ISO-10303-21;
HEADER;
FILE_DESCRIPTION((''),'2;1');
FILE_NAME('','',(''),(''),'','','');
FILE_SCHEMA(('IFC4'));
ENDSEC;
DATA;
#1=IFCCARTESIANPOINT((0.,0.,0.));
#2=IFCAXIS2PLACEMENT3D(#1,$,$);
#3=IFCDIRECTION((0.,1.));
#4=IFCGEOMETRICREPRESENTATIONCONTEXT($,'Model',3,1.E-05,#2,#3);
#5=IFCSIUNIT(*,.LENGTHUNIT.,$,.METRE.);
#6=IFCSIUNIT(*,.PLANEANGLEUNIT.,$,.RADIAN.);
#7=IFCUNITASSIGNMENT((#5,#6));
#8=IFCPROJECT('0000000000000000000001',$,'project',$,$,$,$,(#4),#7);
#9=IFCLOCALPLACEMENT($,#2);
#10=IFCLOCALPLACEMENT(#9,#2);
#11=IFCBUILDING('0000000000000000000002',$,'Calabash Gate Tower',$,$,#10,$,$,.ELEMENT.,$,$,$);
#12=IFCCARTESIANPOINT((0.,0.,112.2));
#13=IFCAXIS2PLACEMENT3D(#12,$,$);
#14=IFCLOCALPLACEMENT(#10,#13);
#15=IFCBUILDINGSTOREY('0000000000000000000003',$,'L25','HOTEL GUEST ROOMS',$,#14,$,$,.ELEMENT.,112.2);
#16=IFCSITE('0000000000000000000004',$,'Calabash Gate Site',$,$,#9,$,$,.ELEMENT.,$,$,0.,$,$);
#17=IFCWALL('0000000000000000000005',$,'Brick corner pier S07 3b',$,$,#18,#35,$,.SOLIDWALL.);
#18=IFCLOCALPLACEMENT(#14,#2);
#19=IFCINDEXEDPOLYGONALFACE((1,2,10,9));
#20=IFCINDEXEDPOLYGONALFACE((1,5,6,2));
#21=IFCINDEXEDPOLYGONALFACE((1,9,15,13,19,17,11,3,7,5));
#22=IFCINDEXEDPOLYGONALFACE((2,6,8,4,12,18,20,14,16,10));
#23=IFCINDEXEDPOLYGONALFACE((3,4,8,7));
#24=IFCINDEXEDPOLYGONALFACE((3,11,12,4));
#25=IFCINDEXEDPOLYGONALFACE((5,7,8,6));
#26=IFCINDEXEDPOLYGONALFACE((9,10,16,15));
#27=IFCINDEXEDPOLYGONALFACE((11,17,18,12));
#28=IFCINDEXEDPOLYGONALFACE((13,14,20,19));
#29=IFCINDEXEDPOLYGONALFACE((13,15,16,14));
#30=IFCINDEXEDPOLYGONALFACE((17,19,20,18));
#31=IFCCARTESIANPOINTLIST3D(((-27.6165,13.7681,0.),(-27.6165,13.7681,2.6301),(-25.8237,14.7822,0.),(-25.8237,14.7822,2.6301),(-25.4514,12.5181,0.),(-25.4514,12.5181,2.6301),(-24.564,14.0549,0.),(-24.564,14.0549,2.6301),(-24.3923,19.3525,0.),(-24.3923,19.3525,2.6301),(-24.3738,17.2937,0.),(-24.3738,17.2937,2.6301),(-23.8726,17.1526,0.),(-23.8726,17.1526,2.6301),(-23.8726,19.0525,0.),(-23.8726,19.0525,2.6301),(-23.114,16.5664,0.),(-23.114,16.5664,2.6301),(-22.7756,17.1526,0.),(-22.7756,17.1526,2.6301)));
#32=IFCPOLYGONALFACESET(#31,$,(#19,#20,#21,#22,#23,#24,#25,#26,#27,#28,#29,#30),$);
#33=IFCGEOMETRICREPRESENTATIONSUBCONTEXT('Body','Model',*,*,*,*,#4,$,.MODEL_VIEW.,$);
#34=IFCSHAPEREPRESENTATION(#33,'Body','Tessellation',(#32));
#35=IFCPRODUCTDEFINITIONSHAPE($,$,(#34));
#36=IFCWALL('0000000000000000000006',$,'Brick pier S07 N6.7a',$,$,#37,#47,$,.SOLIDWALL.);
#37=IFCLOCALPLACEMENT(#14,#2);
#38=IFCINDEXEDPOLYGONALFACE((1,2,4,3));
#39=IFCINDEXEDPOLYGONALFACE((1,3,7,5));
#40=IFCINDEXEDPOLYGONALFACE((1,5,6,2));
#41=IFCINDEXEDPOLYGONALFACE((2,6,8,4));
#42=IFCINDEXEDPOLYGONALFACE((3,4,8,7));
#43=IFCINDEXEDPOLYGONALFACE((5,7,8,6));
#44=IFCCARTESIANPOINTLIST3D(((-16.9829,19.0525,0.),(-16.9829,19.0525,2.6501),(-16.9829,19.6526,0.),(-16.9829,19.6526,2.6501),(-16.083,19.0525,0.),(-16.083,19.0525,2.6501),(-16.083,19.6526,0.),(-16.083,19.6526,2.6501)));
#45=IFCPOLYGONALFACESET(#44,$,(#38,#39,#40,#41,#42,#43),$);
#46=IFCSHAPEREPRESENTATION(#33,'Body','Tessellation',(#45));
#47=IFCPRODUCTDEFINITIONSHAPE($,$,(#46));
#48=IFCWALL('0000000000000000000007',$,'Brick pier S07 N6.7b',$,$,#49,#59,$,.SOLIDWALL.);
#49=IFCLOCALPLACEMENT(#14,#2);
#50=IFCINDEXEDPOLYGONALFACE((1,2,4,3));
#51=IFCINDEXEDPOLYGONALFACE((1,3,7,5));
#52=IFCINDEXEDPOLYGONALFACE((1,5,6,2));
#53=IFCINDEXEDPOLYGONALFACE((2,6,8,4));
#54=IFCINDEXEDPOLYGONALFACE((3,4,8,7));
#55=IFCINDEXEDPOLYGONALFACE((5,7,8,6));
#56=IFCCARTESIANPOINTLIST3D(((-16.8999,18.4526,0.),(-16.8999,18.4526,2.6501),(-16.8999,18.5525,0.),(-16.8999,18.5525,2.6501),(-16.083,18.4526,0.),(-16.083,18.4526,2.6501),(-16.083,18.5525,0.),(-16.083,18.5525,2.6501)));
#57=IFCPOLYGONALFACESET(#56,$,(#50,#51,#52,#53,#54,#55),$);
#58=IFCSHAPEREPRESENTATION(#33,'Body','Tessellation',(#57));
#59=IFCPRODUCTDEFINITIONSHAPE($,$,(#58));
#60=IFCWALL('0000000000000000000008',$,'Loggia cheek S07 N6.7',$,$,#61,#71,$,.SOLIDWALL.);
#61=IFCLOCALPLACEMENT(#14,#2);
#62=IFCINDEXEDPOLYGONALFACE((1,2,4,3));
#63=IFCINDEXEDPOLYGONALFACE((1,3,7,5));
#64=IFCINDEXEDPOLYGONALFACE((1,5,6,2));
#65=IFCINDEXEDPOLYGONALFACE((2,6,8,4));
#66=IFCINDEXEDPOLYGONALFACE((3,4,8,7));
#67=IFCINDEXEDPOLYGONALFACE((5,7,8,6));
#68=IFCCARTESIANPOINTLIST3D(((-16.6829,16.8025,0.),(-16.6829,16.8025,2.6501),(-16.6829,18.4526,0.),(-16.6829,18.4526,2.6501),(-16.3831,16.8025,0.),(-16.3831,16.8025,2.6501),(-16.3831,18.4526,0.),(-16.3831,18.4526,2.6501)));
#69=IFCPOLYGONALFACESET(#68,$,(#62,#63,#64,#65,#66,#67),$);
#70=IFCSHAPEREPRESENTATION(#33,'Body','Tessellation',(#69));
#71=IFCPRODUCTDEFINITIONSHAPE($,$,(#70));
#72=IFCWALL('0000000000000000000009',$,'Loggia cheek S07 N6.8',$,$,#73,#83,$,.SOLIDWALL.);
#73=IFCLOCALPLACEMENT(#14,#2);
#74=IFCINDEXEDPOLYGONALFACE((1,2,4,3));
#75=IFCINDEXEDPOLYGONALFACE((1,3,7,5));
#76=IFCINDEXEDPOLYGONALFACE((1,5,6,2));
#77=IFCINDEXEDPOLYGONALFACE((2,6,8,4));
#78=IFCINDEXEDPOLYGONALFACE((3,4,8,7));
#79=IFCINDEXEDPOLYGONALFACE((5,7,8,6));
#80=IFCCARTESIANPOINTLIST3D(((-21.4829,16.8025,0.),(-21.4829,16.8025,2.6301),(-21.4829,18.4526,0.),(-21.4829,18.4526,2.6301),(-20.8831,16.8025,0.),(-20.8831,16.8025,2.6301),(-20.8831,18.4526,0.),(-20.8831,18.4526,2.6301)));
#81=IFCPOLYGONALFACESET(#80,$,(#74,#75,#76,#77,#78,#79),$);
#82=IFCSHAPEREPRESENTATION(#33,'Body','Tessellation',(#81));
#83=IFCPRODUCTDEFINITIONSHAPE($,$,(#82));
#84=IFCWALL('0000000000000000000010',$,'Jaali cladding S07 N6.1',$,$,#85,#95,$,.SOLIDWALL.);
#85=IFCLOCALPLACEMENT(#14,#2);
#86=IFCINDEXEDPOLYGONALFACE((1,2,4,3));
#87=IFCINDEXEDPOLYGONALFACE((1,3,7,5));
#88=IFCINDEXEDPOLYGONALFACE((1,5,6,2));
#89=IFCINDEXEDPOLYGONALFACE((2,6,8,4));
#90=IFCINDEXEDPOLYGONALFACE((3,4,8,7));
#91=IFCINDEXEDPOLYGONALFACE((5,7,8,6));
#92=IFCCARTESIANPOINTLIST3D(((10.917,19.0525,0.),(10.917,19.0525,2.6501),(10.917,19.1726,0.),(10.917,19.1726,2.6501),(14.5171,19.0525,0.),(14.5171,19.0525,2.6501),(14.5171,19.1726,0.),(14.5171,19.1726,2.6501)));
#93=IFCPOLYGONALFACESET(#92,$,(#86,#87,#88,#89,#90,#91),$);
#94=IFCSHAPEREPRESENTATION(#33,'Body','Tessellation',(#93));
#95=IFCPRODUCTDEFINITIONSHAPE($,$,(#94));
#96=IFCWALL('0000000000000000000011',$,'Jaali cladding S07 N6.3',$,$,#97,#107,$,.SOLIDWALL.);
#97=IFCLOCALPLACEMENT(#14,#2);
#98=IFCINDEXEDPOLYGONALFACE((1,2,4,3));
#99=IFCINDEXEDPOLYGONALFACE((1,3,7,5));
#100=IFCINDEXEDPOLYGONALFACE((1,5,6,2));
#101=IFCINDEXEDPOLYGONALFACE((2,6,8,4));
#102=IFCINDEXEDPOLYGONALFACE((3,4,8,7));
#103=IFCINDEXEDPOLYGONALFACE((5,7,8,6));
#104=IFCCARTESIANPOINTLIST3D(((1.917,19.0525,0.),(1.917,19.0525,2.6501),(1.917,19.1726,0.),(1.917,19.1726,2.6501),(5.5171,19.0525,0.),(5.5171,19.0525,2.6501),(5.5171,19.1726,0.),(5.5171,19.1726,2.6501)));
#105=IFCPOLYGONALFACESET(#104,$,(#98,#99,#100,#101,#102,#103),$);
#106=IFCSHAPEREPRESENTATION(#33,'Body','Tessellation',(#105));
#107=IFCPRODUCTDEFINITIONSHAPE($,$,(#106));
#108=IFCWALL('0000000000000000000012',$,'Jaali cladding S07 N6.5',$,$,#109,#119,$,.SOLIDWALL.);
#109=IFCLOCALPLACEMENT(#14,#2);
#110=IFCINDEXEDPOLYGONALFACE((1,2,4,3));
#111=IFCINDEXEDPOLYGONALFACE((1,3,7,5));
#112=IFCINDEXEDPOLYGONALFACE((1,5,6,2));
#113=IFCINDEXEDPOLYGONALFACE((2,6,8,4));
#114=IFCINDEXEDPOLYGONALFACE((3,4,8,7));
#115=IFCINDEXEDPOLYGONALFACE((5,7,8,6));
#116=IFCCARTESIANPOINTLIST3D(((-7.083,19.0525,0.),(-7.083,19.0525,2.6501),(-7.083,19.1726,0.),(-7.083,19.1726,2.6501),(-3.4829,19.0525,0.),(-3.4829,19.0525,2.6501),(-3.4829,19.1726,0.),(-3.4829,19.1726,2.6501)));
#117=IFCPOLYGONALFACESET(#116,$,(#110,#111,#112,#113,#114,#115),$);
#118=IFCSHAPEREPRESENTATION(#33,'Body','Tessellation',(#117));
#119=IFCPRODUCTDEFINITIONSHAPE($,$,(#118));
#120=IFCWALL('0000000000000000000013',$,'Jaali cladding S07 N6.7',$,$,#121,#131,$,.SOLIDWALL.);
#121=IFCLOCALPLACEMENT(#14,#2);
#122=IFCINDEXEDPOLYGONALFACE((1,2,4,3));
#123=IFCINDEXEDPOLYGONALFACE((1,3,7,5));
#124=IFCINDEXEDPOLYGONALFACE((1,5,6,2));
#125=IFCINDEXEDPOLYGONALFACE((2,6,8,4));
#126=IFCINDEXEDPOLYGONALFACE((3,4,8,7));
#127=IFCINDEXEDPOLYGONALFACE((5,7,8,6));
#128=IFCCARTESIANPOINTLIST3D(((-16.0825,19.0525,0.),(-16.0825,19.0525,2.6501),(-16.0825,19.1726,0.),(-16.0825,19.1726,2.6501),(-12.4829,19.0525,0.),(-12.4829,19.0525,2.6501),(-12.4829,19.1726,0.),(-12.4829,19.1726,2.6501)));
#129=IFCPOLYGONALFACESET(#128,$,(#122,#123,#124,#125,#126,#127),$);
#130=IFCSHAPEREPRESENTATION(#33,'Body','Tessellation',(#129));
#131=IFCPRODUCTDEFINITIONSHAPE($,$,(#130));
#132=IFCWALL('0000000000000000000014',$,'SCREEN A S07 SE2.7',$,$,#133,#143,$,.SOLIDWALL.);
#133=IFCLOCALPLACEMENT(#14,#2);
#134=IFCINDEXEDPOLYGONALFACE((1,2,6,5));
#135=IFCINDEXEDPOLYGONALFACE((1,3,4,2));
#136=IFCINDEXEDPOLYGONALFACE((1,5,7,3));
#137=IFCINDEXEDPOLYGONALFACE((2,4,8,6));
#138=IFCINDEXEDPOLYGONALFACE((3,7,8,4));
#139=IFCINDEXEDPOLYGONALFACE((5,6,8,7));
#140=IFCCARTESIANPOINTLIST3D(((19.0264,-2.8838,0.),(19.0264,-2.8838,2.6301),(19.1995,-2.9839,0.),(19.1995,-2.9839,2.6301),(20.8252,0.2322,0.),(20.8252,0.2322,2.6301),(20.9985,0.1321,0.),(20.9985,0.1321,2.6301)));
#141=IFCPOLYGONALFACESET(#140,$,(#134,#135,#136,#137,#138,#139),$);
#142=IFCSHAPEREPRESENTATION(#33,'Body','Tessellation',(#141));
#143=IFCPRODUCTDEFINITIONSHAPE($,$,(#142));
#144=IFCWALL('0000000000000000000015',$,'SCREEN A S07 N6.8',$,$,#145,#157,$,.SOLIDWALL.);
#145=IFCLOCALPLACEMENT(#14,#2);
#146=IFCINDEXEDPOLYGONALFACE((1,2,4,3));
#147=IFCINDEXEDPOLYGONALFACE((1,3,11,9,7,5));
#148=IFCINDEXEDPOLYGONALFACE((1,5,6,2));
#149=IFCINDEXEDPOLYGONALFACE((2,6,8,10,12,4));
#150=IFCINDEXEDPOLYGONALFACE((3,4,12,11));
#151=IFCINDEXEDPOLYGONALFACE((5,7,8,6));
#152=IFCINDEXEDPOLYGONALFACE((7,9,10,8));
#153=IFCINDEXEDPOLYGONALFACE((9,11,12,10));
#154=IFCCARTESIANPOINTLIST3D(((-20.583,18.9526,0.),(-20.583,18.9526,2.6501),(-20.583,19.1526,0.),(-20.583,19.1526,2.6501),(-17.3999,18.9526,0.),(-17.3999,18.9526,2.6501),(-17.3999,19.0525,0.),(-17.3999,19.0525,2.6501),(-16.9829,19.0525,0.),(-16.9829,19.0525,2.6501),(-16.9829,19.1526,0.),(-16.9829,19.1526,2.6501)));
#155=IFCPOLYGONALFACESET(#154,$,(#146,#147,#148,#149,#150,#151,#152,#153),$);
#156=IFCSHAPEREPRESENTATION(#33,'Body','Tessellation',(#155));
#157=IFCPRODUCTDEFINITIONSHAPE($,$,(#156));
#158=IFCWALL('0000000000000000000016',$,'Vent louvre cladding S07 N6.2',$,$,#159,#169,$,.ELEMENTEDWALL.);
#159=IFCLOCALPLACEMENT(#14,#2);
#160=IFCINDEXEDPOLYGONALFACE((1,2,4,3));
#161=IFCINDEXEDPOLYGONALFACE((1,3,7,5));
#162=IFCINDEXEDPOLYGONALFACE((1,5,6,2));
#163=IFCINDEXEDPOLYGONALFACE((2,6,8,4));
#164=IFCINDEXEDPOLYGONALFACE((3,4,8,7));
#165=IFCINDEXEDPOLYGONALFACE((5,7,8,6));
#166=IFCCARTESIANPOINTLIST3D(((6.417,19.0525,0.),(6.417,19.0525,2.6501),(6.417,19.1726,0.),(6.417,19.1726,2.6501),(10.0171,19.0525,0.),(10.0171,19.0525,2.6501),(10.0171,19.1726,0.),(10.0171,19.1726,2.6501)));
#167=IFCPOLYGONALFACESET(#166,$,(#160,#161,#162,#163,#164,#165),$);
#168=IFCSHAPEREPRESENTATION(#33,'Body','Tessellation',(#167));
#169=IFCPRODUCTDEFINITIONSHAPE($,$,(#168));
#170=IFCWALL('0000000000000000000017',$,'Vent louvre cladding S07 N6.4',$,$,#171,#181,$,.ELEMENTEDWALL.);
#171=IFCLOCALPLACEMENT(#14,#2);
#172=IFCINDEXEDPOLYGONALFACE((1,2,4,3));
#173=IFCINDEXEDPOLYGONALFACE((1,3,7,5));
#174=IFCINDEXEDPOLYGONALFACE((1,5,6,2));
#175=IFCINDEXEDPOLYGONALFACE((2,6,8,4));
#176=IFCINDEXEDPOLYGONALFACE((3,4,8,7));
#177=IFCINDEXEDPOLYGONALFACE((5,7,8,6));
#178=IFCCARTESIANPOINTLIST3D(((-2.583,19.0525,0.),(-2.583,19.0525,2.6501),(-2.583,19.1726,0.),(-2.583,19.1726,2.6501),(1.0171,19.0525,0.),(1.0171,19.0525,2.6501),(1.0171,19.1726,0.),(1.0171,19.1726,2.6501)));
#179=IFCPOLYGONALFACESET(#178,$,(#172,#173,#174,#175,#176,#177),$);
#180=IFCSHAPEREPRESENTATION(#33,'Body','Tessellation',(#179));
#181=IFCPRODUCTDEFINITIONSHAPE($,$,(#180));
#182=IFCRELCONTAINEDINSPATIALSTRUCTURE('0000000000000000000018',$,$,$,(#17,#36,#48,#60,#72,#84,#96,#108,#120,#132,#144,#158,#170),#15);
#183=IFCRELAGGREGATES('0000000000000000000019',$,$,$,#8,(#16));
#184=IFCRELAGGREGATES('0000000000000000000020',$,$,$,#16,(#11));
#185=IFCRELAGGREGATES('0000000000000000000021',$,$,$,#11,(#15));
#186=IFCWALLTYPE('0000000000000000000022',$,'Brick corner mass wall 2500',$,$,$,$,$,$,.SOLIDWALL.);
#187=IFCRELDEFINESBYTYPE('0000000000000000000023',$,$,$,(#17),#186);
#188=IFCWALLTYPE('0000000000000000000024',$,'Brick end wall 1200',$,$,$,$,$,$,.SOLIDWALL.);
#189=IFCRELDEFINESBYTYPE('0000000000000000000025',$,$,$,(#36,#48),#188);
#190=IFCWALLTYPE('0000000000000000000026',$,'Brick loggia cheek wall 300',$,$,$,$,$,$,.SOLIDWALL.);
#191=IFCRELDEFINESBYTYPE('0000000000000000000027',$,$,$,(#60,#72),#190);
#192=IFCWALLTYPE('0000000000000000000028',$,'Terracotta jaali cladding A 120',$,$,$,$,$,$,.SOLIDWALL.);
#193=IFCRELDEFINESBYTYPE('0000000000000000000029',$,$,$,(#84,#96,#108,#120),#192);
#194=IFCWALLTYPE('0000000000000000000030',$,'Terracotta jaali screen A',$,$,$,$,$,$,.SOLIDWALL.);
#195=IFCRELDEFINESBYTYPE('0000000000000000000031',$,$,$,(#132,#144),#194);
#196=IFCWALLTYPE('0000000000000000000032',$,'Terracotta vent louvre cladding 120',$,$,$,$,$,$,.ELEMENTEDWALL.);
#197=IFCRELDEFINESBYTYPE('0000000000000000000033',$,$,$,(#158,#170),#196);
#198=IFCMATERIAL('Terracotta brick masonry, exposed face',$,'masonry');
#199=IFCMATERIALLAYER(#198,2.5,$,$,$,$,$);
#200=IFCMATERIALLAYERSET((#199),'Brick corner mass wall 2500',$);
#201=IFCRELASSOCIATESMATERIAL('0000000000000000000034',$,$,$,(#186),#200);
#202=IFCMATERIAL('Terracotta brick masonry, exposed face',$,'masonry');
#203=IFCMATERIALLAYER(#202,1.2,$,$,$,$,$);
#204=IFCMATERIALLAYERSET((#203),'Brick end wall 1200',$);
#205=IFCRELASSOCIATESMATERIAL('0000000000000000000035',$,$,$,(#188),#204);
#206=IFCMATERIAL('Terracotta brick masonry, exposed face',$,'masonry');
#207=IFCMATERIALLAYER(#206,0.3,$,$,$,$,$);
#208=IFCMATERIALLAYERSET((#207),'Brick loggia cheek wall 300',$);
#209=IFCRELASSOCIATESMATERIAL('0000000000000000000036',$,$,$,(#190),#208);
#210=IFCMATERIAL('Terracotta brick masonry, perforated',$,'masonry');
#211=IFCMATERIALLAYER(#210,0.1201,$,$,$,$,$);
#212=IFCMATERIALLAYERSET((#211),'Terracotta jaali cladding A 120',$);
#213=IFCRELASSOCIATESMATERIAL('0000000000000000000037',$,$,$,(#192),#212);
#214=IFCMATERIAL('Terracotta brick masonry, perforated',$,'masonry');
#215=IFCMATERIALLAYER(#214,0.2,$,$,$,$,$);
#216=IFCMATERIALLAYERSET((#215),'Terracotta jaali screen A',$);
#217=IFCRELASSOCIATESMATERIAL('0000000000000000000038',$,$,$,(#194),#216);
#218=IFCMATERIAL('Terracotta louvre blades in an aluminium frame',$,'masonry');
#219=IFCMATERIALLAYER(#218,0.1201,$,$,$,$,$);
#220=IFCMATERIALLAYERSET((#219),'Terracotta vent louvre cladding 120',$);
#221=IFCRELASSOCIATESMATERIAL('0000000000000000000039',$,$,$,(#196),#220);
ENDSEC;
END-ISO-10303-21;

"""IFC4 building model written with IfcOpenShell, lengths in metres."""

from ifc_helpers import new_model, si_unit, direction, frame, origin, place, context, subcontext, project, spatial, polyline, outline, extrude, material, layer, layer_set, type_object, element, save


model = new_model("IFC4")

# Units and contexts
model_context = context("Model", 3, precision=1e-05, world=origin(), true_north=direction((0.0, 1.0)))
body_context = subcontext(model_context, "Body", "Model", "MODEL_VIEW")
ifc_project = project(units=[si_unit("LENGTHUNIT", "METRE"), si_unit("PLANEANGLEUNIT", "RADIAN")], contexts=[model_context])

# Site, building, storey
site_placement = place(None, origin())
site = spatial("IfcSite", under=ifc_project, at=site_placement, Name="Calabash Gate Site", CompositionType="ELEMENT", RefElevation=0.0)
building_placement = place(site_placement, origin())
building = spatial("IfcBuilding", under=site, at=building_placement, Name="Calabash Gate Tower", CompositionType="ELEMENT")
storey_placement = place(building_placement, frame((0.0, 0.0, 112.2)))
storey = spatial("IfcBuildingStorey", under=building, at=storey_placement, Name="L25", Description="HOTEL GUEST ROOMS", CompositionType="ELEMENT", Elevation=112.2)

# Walls
ifc_material_1 = material(Name="Terracotta brick masonry, exposed face", Category="masonry")
ifc_layer_1 = layer(ifc_material_1, 2.5)
ifc_layer_set_1 = layer_set([ifc_layer_1], Name="Brick corner mass wall 2500")
wall_type_1 = type_object("IfcWallType", Name="Brick corner mass wall 2500", PredefinedType="SOLIDWALL", material=ifc_layer_set_1)
wall_1_placement = place(storey_placement, origin())
element("IfcWall", 1, at=wall_1_placement, inside=storey, type_object=wall_type_1, Name="Brick corner pier S07 3b", PredefinedType="SOLIDWALL", context=body_context, shape_type="SweptSolid", body=[
    extrude(outline(polyline([(-23.114, 16.5664), (-22.7756, 17.1526), (-23.8726, 17.1526), (-23.8726, 19.0525), (-24.3923, 19.3525), (-27.6165, 13.7681), (-25.4514, 12.5181), (-24.564, 14.0549), (-25.8237, 14.7822), (-24.3738, 17.2937), (-23.114, 16.5664)])), origin(), (0.0, 0.0, 1.0), 2.6301),
])
ifc_material_2 = material(Name="Terracotta brick masonry, exposed face", Category="masonry")
ifc_layer_2 = layer(ifc_material_2, 1.2)
ifc_layer_set_2 = layer_set([ifc_layer_2], Name="Brick end wall 1200")
wall_type_2 = type_object("IfcWallType", Name="Brick end wall 1200", PredefinedType="SOLIDWALL", material=ifc_layer_set_2)
wall_2_placement = place(storey_placement, origin())
element("IfcWall", 2, at=wall_2_placement, inside=storey, type_object=wall_type_2, Name="Brick pier S07 N6.7a", PredefinedType="SOLIDWALL", context=body_context, shape_type="SweptSolid", body=[
    extrude(outline(polyline([(-16.083, 19.0525), (-16.083, 19.6526), (-16.9829, 19.6526), (-16.9829, 19.0525), (-16.083, 19.0525)])), origin(), (0.0, 0.0, 1.0), 2.6501),
])
wall_3_placement = place(storey_placement, origin())
element("IfcWall", 3, at=wall_3_placement, inside=storey, type_object=wall_type_2, Name="Brick pier S07 N6.7b", PredefinedType="SOLIDWALL", context=body_context, shape_type="SweptSolid", body=[
    extrude(outline(polyline([(-16.083, 18.4526), (-16.083, 18.5525), (-16.8999, 18.5525), (-16.8999, 18.4526), (-16.083, 18.4526)])), origin(), (0.0, 0.0, 1.0), 2.6501),
])
ifc_material_3 = material(Name="Terracotta brick masonry, exposed face", Category="masonry")
ifc_layer_3 = layer(ifc_material_3, 0.3)
ifc_layer_set_3 = layer_set([ifc_layer_3], Name="Brick loggia cheek wall 300")
wall_type_3 = type_object("IfcWallType", Name="Brick loggia cheek wall 300", PredefinedType="SOLIDWALL", material=ifc_layer_set_3)
wall_4_placement = place(storey_placement, origin())
element("IfcWall", 4, at=wall_4_placement, inside=storey, type_object=wall_type_3, Name="Loggia cheek S07 N6.7", PredefinedType="SOLIDWALL", context=body_context, shape_type="SweptSolid", body=[
    extrude(outline(polyline([(-16.3831, 16.8025), (-16.3831, 18.4526), (-16.6829, 18.4526), (-16.6829, 16.8025), (-16.3831, 16.8025)])), origin(), (0.0, 0.0, 1.0), 2.6501),
])
wall_5_placement = place(storey_placement, origin())
element("IfcWall", 5, at=wall_5_placement, inside=storey, type_object=wall_type_3, Name="Loggia cheek S07 N6.8", PredefinedType="SOLIDWALL", context=body_context, shape_type="SweptSolid", body=[
    extrude(outline(polyline([(-21.4829, 18.4526), (-21.4829, 16.8025), (-20.8831, 16.8025), (-20.8831, 18.4526), (-21.4829, 18.4526)])), origin(), (0.0, 0.0, 1.0), 2.6301),
])
ifc_material_4 = material(Name="Terracotta brick masonry, perforated", Category="masonry")
ifc_layer_4 = layer(ifc_material_4, 0.1201)
ifc_layer_set_4 = layer_set([ifc_layer_4], Name="Terracotta jaali cladding A 120")
wall_type_4 = type_object("IfcWallType", Name="Terracotta jaali cladding A 120", PredefinedType="SOLIDWALL", material=ifc_layer_set_4)
wall_6_placement = place(storey_placement, origin())
element("IfcWall", 6, at=wall_6_placement, inside=storey, type_object=wall_type_4, Name="Jaali cladding S07 N6.1", PredefinedType="SOLIDWALL", context=body_context, shape_type="SweptSolid", body=[
    extrude(outline(polyline([(10.917, 19.1726), (10.917, 19.0525), (14.5171, 19.0525), (14.5171, 19.1726), (10.917, 19.1726)])), origin(), (0.0, 0.0, 1.0), 2.6501),
])
wall_7_placement = place(storey_placement, origin())
element("IfcWall", 7, at=wall_7_placement, inside=storey, type_object=wall_type_4, Name="Jaali cladding S07 N6.3", PredefinedType="SOLIDWALL", context=body_context, shape_type="SweptSolid", body=[
    extrude(outline(polyline([(1.917, 19.1726), (1.917, 19.0525), (5.5171, 19.0525), (5.5171, 19.1726), (1.917, 19.1726)])), origin(), (0.0, 0.0, 1.0), 2.6501),
])
wall_8_placement = place(storey_placement, origin())
element("IfcWall", 8, at=wall_8_placement, inside=storey, type_object=wall_type_4, Name="Jaali cladding S07 N6.5", PredefinedType="SOLIDWALL", context=body_context, shape_type="SweptSolid", body=[
    extrude(outline(polyline([(-7.083, 19.1726), (-7.083, 19.0525), (-3.4829, 19.0525), (-3.4829, 19.1726), (-7.083, 19.1726)])), origin(), (0.0, 0.0, 1.0), 2.6501),
])
wall_9_placement = place(storey_placement, origin())
element("IfcWall", 9, at=wall_9_placement, inside=storey, type_object=wall_type_4, Name="Jaali cladding S07 N6.7", PredefinedType="SOLIDWALL", context=body_context, shape_type="SweptSolid", body=[
    extrude(outline(polyline([(-16.0825, 19.1726), (-16.0825, 19.0525), (-12.4829, 19.0525), (-12.4829, 19.1726), (-16.0825, 19.1726)])), origin(), (0.0, 0.0, 1.0), 2.6501),
])
ifc_material_5 = material(Name="Terracotta brick masonry, perforated", Category="masonry")
ifc_layer_5 = layer(ifc_material_5, 0.2)
ifc_layer_set_5 = layer_set([ifc_layer_5], Name="Terracotta jaali screen A")
wall_type_5 = type_object("IfcWallType", Name="Terracotta jaali screen A", PredefinedType="SOLIDWALL", material=ifc_layer_set_5)
wall_10_placement = place(storey_placement, origin())
element("IfcWall", 10, at=wall_10_placement, inside=storey, type_object=wall_type_5, Name="SCREEN A S07 SE2.7", PredefinedType="SOLIDWALL", context=body_context, shape_type="SweptSolid", body=[
    extrude(outline(polyline([(20.8252, 0.2322), (19.0264, -2.8838), (19.1995, -2.9839), (20.9985, 0.1321), (20.8252, 0.2322)])), origin(), (0.0, 0.0, 1.0), 2.6301),
])
wall_11_placement = place(storey_placement, origin())
element("IfcWall", 11, at=wall_11_placement, inside=storey, type_object=wall_type_5, Name="SCREEN A S07 N6.8", PredefinedType="SOLIDWALL", context=body_context, shape_type="SweptSolid", body=[
    extrude(outline(polyline([(-20.583, 19.1526), (-20.583, 18.9526), (-17.3999, 18.9526), (-17.3999, 19.0525), (-16.9829, 19.0525), (-16.9829, 19.1526), (-20.583, 19.1526)])), origin(), (0.0, 0.0, 1.0), 2.6501),
])
ifc_material_6 = material(Name="Terracotta louvre blades in an aluminium frame", Category="masonry")
ifc_layer_6 = layer(ifc_material_6, 0.1201)
ifc_layer_set_6 = layer_set([ifc_layer_6], Name="Terracotta vent louvre cladding 120")
wall_type_6 = type_object("IfcWallType", Name="Terracotta vent louvre cladding 120", PredefinedType="ELEMENTEDWALL", material=ifc_layer_set_6)
wall_12_placement = place(storey_placement, origin())
element("IfcWall", 12, at=wall_12_placement, inside=storey, type_object=wall_type_6, Name="Vent louvre cladding S07 N6.2", PredefinedType="ELEMENTEDWALL", context=body_context, shape_type="SweptSolid", body=[
    extrude(outline(polyline([(6.417, 19.1726), (6.417, 19.0525), (10.0171, 19.0525), (10.0171, 19.1726), (6.417, 19.1726)])), origin(), (0.0, 0.0, 1.0), 2.6501),
])
wall_13_placement = place(storey_placement, origin())
element("IfcWall", 13, at=wall_13_placement, inside=storey, type_object=wall_type_6, Name="Vent louvre cladding S07 N6.4", PredefinedType="ELEMENTEDWALL", context=body_context, shape_type="SweptSolid", body=[
    extrude(outline(polyline([(-2.583, 19.1726), (-2.583, 19.0525), (1.0171, 19.0525), (1.0171, 19.1726), (-2.583, 19.1726)])), origin(), (0.0, 0.0, 1.0), 2.6501),
])

save(model, "model.ifc")
